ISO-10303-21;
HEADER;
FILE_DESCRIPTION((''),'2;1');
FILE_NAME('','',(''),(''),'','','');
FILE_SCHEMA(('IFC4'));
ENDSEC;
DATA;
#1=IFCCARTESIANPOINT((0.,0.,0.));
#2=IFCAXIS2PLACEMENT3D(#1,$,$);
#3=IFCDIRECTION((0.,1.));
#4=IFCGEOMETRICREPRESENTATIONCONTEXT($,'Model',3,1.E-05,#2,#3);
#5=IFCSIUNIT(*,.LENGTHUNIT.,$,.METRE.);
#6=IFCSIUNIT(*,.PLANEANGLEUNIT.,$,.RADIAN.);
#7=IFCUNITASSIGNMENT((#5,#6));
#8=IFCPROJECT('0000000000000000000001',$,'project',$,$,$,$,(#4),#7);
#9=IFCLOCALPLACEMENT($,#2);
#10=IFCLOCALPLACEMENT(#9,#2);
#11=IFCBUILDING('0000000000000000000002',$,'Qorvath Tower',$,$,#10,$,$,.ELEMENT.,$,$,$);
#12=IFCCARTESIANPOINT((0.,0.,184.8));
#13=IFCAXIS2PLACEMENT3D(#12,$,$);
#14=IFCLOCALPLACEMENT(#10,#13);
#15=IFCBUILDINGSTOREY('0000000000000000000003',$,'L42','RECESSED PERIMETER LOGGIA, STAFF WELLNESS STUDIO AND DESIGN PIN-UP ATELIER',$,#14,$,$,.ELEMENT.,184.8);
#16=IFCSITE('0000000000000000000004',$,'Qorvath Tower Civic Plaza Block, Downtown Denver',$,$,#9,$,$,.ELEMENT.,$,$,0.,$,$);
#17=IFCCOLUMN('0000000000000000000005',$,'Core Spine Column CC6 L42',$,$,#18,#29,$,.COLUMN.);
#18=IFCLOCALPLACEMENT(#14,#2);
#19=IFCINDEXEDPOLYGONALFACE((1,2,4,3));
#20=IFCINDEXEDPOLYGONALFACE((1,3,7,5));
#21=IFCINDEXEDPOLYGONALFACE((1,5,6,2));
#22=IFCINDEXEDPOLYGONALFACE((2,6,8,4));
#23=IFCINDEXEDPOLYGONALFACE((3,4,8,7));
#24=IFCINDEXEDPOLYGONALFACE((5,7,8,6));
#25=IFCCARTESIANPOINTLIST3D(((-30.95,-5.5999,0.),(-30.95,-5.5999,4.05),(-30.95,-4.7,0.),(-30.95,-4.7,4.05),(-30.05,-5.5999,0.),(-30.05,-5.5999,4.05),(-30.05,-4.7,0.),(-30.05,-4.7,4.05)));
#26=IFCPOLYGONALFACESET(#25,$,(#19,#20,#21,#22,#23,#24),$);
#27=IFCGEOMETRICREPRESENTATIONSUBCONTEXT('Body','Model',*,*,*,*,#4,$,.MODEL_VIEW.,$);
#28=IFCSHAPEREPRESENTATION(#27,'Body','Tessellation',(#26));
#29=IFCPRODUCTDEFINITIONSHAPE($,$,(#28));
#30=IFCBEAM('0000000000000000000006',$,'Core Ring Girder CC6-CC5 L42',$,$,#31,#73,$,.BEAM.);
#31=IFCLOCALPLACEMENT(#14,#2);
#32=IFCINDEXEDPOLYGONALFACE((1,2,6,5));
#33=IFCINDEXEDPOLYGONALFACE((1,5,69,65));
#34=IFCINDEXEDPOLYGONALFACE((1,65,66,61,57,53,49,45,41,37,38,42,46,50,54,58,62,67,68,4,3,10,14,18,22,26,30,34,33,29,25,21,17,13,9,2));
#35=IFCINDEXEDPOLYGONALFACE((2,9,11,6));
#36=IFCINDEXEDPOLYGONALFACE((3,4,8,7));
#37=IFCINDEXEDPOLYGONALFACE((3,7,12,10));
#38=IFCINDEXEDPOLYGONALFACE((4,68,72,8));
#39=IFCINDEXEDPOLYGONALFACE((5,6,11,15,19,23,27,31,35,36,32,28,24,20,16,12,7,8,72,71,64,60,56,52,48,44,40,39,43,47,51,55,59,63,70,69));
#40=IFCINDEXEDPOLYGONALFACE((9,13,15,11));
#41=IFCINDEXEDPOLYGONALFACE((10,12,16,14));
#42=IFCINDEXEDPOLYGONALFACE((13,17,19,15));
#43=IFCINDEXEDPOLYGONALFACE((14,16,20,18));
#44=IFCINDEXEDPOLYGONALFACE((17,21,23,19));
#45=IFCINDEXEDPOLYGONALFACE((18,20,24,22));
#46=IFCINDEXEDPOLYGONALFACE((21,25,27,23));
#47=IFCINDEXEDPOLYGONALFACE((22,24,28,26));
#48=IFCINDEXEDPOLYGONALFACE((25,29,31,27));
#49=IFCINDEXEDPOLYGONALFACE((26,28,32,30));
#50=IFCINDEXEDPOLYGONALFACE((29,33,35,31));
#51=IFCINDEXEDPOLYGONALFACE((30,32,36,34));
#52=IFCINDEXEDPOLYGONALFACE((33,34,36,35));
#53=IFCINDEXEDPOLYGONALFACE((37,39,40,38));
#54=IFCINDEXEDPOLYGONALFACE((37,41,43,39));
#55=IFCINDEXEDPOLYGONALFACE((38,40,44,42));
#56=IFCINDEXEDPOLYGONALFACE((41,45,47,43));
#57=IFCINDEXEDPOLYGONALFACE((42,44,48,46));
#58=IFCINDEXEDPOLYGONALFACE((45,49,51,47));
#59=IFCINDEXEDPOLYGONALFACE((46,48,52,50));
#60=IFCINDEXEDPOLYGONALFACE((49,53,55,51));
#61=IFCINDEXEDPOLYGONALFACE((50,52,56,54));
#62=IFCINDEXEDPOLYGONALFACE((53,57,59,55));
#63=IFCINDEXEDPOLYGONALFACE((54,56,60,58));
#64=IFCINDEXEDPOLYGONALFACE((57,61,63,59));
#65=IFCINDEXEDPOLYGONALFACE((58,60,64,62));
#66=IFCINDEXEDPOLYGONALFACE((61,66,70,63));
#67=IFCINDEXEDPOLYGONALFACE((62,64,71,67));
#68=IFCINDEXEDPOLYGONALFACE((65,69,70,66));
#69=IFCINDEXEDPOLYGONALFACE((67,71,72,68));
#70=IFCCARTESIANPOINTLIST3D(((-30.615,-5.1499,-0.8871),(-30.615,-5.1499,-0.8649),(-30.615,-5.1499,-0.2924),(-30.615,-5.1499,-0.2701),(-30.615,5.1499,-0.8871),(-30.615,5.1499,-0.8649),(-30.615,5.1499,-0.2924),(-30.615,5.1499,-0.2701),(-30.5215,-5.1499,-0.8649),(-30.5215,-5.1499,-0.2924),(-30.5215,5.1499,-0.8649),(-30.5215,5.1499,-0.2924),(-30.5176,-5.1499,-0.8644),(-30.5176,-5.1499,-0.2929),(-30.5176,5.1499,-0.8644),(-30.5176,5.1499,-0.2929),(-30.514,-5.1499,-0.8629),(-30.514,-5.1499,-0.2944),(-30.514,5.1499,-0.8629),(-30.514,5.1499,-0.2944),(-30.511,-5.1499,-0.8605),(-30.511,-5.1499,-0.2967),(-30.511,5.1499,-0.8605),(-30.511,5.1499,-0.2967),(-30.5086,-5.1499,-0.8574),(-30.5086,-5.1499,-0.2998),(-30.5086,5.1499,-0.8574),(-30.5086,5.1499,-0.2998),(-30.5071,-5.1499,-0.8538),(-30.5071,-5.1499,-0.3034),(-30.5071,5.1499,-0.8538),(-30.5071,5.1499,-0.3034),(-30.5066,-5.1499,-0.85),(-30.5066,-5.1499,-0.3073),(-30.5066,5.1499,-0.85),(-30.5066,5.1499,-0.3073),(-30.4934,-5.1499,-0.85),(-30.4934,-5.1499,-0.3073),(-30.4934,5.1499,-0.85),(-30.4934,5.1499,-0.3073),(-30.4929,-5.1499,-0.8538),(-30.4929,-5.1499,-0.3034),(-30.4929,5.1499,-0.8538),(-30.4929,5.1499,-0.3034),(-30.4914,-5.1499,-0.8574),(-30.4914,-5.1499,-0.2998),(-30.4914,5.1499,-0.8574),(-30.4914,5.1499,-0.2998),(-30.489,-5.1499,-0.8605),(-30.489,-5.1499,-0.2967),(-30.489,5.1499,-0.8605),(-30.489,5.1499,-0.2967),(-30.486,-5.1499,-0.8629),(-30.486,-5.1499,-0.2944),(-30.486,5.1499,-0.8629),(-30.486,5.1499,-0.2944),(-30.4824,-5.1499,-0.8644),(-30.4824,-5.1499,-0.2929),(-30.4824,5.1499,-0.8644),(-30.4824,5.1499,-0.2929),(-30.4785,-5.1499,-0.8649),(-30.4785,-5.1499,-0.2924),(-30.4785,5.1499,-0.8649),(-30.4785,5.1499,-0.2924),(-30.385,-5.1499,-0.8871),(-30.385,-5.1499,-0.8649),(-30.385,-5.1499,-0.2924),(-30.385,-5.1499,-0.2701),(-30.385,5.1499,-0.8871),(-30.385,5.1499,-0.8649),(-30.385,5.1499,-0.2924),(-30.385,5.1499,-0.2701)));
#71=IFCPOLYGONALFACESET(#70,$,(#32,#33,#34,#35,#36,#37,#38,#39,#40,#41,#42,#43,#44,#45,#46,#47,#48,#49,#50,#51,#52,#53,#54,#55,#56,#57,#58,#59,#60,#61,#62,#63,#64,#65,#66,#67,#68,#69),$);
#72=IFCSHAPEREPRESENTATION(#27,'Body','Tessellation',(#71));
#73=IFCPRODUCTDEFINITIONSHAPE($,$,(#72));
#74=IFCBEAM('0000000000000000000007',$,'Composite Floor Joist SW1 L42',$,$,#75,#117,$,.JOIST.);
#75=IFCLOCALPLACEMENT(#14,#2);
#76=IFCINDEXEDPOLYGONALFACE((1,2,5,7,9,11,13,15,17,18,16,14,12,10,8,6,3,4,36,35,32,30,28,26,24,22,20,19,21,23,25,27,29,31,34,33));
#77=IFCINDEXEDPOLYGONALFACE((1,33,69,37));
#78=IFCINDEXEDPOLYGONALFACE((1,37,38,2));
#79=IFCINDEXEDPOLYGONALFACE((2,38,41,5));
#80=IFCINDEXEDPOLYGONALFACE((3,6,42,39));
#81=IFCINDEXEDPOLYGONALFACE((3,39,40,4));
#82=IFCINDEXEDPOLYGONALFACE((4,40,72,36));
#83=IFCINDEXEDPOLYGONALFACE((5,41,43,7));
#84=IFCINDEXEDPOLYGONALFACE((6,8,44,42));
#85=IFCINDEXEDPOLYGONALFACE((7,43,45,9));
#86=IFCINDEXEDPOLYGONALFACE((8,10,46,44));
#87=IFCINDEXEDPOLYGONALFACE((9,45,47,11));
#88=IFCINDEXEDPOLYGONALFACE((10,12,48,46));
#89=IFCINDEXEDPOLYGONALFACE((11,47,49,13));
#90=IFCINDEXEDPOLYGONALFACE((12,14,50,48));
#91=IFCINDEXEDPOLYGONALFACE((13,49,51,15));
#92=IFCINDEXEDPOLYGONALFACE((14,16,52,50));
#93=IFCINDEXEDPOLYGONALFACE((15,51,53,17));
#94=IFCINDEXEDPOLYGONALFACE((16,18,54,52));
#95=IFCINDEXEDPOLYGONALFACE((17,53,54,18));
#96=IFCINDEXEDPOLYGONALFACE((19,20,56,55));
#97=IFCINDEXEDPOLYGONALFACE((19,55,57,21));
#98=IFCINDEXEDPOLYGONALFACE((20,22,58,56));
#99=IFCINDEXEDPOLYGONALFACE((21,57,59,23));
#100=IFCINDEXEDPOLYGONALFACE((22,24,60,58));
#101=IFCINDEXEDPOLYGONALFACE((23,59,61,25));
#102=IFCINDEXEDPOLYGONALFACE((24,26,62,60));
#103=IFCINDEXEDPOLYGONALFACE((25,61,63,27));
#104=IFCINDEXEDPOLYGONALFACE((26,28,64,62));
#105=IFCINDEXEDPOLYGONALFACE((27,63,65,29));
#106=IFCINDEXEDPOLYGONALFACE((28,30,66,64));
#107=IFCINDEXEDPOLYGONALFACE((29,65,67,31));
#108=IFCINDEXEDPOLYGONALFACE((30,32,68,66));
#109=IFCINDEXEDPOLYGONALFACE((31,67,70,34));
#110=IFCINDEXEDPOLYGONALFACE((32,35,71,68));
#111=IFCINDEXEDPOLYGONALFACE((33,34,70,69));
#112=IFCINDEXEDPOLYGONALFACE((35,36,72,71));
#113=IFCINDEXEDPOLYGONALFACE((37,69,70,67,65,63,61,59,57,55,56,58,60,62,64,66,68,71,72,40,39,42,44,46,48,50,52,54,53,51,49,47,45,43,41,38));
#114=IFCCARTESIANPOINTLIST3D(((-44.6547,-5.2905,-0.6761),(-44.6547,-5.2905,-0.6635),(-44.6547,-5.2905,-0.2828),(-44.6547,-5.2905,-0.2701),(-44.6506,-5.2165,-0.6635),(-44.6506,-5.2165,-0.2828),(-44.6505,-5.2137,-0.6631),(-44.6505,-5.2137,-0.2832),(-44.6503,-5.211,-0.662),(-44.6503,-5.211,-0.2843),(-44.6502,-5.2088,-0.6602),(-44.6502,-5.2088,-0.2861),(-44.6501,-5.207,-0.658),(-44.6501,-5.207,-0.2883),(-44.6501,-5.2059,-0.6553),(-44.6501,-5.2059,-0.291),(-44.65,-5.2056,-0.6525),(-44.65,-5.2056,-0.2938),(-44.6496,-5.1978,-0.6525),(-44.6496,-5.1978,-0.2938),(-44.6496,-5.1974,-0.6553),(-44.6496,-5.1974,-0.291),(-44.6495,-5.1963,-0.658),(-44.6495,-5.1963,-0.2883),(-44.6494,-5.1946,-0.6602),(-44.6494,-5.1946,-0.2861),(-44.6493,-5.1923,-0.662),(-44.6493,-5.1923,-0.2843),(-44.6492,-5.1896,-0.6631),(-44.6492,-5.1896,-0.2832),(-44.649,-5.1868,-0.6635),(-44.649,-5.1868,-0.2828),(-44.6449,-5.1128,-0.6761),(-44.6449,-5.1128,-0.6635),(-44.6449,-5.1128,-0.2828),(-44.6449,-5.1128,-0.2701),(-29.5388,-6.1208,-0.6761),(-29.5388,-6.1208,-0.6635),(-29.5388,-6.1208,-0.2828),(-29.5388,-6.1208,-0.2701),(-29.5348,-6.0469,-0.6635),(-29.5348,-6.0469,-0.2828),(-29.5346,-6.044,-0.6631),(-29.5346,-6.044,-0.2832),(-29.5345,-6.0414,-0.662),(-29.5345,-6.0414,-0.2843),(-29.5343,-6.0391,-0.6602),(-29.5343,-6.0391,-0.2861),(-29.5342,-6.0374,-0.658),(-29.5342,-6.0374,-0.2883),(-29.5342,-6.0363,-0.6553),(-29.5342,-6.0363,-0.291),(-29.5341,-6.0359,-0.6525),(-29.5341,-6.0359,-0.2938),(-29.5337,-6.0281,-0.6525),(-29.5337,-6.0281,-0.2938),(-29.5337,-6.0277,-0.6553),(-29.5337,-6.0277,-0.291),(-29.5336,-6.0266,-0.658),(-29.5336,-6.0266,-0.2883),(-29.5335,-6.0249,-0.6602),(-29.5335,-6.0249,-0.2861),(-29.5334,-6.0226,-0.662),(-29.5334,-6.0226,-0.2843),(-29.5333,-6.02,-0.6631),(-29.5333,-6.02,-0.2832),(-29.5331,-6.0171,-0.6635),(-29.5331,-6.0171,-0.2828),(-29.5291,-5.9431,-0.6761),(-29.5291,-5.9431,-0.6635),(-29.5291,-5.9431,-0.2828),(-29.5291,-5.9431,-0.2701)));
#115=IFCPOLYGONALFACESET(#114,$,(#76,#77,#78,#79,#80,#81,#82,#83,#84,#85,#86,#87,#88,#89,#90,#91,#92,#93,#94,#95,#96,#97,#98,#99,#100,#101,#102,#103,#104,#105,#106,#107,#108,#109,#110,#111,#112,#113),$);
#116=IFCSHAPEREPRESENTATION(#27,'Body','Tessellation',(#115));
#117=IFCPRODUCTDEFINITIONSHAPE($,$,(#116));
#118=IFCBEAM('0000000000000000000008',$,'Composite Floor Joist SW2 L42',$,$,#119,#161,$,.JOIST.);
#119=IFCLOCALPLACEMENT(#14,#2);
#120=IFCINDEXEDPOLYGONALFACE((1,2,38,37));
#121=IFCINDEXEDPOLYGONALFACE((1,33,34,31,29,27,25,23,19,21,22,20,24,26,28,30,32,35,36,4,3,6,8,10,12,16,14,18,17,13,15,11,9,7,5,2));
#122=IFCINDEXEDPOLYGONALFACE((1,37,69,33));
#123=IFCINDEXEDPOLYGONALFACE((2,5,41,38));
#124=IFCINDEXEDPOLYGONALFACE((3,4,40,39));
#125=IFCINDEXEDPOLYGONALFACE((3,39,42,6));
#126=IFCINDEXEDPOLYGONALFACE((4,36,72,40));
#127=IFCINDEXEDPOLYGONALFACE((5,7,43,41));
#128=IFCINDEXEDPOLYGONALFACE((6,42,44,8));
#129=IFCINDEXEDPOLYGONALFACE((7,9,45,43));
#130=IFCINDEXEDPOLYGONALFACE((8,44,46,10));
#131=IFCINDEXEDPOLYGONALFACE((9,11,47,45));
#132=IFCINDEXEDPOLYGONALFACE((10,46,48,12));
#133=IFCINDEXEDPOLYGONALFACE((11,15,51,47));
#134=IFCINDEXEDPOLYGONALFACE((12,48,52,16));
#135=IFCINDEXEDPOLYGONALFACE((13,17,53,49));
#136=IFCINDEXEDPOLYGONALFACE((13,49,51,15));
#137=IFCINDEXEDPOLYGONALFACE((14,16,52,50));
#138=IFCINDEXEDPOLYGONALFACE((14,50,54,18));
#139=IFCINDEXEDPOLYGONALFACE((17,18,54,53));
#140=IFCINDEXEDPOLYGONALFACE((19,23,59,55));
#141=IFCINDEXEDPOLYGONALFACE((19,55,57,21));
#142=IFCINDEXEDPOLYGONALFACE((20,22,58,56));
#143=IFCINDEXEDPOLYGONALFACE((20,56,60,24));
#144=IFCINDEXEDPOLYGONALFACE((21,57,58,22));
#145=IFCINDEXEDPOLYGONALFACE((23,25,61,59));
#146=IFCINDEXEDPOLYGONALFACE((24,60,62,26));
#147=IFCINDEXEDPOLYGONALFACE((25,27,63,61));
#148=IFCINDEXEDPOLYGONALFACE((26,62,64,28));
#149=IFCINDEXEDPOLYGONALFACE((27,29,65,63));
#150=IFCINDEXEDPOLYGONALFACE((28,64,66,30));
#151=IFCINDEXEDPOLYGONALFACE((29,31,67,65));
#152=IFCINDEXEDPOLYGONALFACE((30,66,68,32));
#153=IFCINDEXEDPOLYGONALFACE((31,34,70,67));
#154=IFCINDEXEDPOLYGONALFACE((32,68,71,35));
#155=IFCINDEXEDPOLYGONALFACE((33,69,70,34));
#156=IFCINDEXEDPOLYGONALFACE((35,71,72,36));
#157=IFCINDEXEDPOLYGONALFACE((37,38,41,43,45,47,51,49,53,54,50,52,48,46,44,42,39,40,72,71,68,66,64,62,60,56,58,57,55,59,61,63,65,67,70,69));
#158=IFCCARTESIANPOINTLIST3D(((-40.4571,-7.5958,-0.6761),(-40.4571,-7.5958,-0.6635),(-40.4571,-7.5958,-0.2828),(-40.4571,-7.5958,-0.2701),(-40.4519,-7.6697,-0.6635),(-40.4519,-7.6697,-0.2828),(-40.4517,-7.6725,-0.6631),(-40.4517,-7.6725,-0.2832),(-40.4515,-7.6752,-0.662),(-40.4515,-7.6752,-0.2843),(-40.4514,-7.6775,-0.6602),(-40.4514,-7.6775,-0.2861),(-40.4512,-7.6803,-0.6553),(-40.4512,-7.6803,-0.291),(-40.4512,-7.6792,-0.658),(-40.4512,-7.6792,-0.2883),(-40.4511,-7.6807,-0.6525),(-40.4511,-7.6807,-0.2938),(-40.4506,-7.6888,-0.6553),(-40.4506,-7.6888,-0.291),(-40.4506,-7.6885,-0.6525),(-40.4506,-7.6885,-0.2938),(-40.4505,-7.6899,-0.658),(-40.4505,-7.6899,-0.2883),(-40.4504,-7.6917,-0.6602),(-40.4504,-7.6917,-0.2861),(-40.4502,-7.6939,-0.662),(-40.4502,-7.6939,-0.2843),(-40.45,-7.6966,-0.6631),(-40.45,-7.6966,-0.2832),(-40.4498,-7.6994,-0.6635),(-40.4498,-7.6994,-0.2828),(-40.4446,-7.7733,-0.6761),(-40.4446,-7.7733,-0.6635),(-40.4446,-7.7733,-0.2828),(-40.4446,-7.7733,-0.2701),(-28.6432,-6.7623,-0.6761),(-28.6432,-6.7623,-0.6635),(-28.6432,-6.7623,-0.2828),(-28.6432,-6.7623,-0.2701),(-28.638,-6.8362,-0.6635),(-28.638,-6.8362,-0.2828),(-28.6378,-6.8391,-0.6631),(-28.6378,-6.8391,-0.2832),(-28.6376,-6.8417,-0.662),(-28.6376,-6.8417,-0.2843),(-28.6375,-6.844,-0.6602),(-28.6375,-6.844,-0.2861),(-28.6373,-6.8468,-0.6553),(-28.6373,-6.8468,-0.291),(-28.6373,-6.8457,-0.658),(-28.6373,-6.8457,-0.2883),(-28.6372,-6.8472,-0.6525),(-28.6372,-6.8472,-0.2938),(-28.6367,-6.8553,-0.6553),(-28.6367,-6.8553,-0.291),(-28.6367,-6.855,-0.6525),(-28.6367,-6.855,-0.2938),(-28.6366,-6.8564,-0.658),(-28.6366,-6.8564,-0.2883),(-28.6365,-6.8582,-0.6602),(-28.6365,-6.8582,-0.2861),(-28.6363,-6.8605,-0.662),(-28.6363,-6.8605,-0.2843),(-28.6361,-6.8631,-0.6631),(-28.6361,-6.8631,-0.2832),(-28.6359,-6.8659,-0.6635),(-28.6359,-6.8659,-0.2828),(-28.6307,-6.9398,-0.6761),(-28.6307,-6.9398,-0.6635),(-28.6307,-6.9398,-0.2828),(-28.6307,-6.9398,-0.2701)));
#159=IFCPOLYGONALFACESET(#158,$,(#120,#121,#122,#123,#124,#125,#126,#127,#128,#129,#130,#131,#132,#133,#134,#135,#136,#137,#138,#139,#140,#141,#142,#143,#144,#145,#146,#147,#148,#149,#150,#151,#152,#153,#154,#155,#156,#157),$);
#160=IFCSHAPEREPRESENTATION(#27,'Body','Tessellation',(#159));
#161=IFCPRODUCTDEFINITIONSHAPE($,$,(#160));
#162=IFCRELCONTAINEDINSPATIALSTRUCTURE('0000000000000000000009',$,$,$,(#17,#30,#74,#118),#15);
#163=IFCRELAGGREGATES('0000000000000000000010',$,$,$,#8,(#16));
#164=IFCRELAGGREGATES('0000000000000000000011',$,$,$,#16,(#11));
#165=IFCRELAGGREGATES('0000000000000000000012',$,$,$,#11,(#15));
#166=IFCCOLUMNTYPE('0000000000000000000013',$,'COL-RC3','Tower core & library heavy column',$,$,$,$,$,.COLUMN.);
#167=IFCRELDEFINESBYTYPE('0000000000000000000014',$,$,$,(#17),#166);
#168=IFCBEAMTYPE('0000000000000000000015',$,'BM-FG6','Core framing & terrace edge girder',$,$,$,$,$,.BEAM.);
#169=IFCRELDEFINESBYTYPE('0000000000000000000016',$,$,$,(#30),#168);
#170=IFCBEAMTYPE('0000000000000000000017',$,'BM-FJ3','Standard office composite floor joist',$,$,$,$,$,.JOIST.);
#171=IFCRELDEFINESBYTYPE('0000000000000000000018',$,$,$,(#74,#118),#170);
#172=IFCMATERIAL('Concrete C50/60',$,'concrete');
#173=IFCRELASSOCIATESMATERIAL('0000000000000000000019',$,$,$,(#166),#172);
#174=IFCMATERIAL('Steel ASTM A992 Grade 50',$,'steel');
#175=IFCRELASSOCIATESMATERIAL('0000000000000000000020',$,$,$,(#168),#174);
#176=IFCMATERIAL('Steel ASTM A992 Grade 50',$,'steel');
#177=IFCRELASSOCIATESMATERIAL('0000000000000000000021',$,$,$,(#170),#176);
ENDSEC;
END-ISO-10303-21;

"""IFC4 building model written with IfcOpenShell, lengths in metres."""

from ifc_helpers import new_model, si_unit, direction, frame, origin, origin_2d, place, context, subcontext, project, spatial, rectangle, i_section, extrude, material, material_profile, profile_set, type_object, element, save


model = new_model("IFC4")

# Units and contexts
model_context = context("Model", 3, precision=1e-05, world=origin(), true_north=direction((0.0, 1.0)))
body_context = subcontext(model_context, "Body", "Model", "MODEL_VIEW")
ifc_project = project(units=[si_unit("LENGTHUNIT", "METRE"), si_unit("PLANEANGLEUNIT", "RADIAN")], contexts=[model_context])

# Site, building, storey
site_placement = place(None, origin())
site = spatial("IfcSite", under=ifc_project, at=site_placement, Name="Qorvath Tower Civic Plaza Block, Downtown Denver", CompositionType="ELEMENT", RefElevation=0.0)
building_placement = place(site_placement, origin())
building = spatial("IfcBuilding", under=site, at=building_placement, Name="Qorvath Tower", CompositionType="ELEMENT")
storey_placement = place(building_placement, frame((0.0, 0.0, 184.8)))
storey = spatial("IfcBuildingStorey", under=building, at=storey_placement, Name="L42", Description="RECESSED PERIMETER LOGGIA, STAFF WELLNESS STUDIO AND DESIGN PIN-UP ATELIER", CompositionType="ELEMENT", Elevation=184.8)

# Column
ifc_material_1 = material(Name="Concrete C50/60", Category="concrete")
ifc_material_profile_1 = material_profile(ifc_material_1, rectangle(XDim=0.8999, YDim=0.8999, at=origin_2d()), Name="RC 900x900")
ifc_profile_set_1 = profile_set([ifc_material_profile_1], Name="Concrete C50/60")
column_type = type_object("IfcColumnType", Name="COL-RC3", Description="Tower core & library heavy column", PredefinedType="COLUMN", material=ifc_profile_set_1)
column_placement = place(storey_placement, frame((-30.5, -5.1499, 0.0), z_axis=(0.0, 0.0, 1.0), x_axis=(1.0, 0.0, 0.0)))
element("IfcColumn", 1, at=column_placement, inside=storey, type_object=column_type, Name="Core Spine Column CC6 L42", PredefinedType="COLUMN", context=body_context, shape_type="SweptSolid", body=[
    extrude(rectangle(XDim=0.8999, YDim=0.8999, at=origin_2d()), origin(), (0.0, 0.0, 1.0), 4.05),
])

# Beams
ifc_material_2 = material(Name="Steel ASTM A992 Grade 50", Category="steel")
ifc_material_profile_2 = material_profile(ifc_material_2, i_section(OverallWidth=0.23, OverallDepth=0.6169, WebThickness=0.0132, FlangeThickness=0.0222, FilletRadius=0.0149, at=origin_2d()), Name="W24x94")
ifc_profile_set_2 = profile_set([ifc_material_profile_2], Name="Steel ASTM A992 Grade 50")
beam_type_1 = type_object("IfcBeamType", Name="BM-FG6", Description="Core framing & terrace edge girder", PredefinedType="BEAM", material=ifc_profile_set_2)
beam_1_placement = place(storey_placement, frame((-30.5, -5.1499, -0.5786), z_axis=(0.0, 1.0, 0.0), x_axis=(-1.0, 0.0, 0.0)))
element("IfcBeam", 2, at=beam_1_placement, inside=storey, type_object=beam_type_1, Name="Core Ring Girder CC6-CC5 L42", PredefinedType="BEAM", context=body_context, shape_type="SweptSolid", body=[
    extrude(i_section(OverallWidth=0.23, OverallDepth=0.6169, WebThickness=0.0132, FlangeThickness=0.0222, FilletRadius=0.0149, at=origin_2d()), origin(), (0.0, 0.0, 1.0), 10.2998),
])
ifc_material_3 = material(Name="Steel ASTM A992 Grade 50", Category="steel")
ifc_material_profile_3 = material_profile(ifc_material_3, i_section(OverallWidth=0.178, OverallDepth=0.406, WebThickness=0.0078, FlangeThickness=0.0127, FilletRadius=0.011, at=origin_2d()), Name="W16x40")
ifc_profile_set_3 = profile_set([ifc_material_profile_3], Name="Steel ASTM A992 Grade 50")
beam_type_2 = type_object("IfcBeamType", Name="BM-FJ3", Description="Standard office composite floor joist", PredefinedType="JOIST", material=ifc_profile_set_3)
beam_2_placement = place(storey_placement, frame((-29.5339, -6.032, -0.4731), z_axis=(-0.998495, 0.054847, 0.0), x_axis=(-0.054847, -0.998495, 0.0)))
element("IfcBeam", 3, at=beam_2_placement, inside=storey, type_object=beam_type_2, Name="Composite Floor Joist SW1 L42", PredefinedType="JOIST", context=body_context, shape_type="SweptSolid", body=[
    extrude(i_section(OverallWidth=0.178, OverallDepth=0.406, WebThickness=0.0078, FlangeThickness=0.0127, FilletRadius=0.011, at=origin_2d()), origin(), (0.0, 0.0, 1.0), 15.1387),
])
beam_3_placement = place(storey_placement, frame((-28.637, -6.8511, -0.4731), z_axis=(-0.99752, -0.070377, 0.0), x_axis=(0.070377, -0.99752, 0.0)))
element("IfcBeam", 4, at=beam_3_placement, inside=storey, type_object=beam_type_2, Name="Composite Floor Joist SW2 L42", PredefinedType="JOIST", context=body_context, shape_type="SweptSolid", body=[
    extrude(i_section(OverallWidth=0.178, OverallDepth=0.406, WebThickness=0.0078, FlangeThickness=0.0127, FilletRadius=0.011, at=origin_2d()), origin(), (0.0, 0.0, 1.0), 11.8433),
])

save(model, "model.ifc")
